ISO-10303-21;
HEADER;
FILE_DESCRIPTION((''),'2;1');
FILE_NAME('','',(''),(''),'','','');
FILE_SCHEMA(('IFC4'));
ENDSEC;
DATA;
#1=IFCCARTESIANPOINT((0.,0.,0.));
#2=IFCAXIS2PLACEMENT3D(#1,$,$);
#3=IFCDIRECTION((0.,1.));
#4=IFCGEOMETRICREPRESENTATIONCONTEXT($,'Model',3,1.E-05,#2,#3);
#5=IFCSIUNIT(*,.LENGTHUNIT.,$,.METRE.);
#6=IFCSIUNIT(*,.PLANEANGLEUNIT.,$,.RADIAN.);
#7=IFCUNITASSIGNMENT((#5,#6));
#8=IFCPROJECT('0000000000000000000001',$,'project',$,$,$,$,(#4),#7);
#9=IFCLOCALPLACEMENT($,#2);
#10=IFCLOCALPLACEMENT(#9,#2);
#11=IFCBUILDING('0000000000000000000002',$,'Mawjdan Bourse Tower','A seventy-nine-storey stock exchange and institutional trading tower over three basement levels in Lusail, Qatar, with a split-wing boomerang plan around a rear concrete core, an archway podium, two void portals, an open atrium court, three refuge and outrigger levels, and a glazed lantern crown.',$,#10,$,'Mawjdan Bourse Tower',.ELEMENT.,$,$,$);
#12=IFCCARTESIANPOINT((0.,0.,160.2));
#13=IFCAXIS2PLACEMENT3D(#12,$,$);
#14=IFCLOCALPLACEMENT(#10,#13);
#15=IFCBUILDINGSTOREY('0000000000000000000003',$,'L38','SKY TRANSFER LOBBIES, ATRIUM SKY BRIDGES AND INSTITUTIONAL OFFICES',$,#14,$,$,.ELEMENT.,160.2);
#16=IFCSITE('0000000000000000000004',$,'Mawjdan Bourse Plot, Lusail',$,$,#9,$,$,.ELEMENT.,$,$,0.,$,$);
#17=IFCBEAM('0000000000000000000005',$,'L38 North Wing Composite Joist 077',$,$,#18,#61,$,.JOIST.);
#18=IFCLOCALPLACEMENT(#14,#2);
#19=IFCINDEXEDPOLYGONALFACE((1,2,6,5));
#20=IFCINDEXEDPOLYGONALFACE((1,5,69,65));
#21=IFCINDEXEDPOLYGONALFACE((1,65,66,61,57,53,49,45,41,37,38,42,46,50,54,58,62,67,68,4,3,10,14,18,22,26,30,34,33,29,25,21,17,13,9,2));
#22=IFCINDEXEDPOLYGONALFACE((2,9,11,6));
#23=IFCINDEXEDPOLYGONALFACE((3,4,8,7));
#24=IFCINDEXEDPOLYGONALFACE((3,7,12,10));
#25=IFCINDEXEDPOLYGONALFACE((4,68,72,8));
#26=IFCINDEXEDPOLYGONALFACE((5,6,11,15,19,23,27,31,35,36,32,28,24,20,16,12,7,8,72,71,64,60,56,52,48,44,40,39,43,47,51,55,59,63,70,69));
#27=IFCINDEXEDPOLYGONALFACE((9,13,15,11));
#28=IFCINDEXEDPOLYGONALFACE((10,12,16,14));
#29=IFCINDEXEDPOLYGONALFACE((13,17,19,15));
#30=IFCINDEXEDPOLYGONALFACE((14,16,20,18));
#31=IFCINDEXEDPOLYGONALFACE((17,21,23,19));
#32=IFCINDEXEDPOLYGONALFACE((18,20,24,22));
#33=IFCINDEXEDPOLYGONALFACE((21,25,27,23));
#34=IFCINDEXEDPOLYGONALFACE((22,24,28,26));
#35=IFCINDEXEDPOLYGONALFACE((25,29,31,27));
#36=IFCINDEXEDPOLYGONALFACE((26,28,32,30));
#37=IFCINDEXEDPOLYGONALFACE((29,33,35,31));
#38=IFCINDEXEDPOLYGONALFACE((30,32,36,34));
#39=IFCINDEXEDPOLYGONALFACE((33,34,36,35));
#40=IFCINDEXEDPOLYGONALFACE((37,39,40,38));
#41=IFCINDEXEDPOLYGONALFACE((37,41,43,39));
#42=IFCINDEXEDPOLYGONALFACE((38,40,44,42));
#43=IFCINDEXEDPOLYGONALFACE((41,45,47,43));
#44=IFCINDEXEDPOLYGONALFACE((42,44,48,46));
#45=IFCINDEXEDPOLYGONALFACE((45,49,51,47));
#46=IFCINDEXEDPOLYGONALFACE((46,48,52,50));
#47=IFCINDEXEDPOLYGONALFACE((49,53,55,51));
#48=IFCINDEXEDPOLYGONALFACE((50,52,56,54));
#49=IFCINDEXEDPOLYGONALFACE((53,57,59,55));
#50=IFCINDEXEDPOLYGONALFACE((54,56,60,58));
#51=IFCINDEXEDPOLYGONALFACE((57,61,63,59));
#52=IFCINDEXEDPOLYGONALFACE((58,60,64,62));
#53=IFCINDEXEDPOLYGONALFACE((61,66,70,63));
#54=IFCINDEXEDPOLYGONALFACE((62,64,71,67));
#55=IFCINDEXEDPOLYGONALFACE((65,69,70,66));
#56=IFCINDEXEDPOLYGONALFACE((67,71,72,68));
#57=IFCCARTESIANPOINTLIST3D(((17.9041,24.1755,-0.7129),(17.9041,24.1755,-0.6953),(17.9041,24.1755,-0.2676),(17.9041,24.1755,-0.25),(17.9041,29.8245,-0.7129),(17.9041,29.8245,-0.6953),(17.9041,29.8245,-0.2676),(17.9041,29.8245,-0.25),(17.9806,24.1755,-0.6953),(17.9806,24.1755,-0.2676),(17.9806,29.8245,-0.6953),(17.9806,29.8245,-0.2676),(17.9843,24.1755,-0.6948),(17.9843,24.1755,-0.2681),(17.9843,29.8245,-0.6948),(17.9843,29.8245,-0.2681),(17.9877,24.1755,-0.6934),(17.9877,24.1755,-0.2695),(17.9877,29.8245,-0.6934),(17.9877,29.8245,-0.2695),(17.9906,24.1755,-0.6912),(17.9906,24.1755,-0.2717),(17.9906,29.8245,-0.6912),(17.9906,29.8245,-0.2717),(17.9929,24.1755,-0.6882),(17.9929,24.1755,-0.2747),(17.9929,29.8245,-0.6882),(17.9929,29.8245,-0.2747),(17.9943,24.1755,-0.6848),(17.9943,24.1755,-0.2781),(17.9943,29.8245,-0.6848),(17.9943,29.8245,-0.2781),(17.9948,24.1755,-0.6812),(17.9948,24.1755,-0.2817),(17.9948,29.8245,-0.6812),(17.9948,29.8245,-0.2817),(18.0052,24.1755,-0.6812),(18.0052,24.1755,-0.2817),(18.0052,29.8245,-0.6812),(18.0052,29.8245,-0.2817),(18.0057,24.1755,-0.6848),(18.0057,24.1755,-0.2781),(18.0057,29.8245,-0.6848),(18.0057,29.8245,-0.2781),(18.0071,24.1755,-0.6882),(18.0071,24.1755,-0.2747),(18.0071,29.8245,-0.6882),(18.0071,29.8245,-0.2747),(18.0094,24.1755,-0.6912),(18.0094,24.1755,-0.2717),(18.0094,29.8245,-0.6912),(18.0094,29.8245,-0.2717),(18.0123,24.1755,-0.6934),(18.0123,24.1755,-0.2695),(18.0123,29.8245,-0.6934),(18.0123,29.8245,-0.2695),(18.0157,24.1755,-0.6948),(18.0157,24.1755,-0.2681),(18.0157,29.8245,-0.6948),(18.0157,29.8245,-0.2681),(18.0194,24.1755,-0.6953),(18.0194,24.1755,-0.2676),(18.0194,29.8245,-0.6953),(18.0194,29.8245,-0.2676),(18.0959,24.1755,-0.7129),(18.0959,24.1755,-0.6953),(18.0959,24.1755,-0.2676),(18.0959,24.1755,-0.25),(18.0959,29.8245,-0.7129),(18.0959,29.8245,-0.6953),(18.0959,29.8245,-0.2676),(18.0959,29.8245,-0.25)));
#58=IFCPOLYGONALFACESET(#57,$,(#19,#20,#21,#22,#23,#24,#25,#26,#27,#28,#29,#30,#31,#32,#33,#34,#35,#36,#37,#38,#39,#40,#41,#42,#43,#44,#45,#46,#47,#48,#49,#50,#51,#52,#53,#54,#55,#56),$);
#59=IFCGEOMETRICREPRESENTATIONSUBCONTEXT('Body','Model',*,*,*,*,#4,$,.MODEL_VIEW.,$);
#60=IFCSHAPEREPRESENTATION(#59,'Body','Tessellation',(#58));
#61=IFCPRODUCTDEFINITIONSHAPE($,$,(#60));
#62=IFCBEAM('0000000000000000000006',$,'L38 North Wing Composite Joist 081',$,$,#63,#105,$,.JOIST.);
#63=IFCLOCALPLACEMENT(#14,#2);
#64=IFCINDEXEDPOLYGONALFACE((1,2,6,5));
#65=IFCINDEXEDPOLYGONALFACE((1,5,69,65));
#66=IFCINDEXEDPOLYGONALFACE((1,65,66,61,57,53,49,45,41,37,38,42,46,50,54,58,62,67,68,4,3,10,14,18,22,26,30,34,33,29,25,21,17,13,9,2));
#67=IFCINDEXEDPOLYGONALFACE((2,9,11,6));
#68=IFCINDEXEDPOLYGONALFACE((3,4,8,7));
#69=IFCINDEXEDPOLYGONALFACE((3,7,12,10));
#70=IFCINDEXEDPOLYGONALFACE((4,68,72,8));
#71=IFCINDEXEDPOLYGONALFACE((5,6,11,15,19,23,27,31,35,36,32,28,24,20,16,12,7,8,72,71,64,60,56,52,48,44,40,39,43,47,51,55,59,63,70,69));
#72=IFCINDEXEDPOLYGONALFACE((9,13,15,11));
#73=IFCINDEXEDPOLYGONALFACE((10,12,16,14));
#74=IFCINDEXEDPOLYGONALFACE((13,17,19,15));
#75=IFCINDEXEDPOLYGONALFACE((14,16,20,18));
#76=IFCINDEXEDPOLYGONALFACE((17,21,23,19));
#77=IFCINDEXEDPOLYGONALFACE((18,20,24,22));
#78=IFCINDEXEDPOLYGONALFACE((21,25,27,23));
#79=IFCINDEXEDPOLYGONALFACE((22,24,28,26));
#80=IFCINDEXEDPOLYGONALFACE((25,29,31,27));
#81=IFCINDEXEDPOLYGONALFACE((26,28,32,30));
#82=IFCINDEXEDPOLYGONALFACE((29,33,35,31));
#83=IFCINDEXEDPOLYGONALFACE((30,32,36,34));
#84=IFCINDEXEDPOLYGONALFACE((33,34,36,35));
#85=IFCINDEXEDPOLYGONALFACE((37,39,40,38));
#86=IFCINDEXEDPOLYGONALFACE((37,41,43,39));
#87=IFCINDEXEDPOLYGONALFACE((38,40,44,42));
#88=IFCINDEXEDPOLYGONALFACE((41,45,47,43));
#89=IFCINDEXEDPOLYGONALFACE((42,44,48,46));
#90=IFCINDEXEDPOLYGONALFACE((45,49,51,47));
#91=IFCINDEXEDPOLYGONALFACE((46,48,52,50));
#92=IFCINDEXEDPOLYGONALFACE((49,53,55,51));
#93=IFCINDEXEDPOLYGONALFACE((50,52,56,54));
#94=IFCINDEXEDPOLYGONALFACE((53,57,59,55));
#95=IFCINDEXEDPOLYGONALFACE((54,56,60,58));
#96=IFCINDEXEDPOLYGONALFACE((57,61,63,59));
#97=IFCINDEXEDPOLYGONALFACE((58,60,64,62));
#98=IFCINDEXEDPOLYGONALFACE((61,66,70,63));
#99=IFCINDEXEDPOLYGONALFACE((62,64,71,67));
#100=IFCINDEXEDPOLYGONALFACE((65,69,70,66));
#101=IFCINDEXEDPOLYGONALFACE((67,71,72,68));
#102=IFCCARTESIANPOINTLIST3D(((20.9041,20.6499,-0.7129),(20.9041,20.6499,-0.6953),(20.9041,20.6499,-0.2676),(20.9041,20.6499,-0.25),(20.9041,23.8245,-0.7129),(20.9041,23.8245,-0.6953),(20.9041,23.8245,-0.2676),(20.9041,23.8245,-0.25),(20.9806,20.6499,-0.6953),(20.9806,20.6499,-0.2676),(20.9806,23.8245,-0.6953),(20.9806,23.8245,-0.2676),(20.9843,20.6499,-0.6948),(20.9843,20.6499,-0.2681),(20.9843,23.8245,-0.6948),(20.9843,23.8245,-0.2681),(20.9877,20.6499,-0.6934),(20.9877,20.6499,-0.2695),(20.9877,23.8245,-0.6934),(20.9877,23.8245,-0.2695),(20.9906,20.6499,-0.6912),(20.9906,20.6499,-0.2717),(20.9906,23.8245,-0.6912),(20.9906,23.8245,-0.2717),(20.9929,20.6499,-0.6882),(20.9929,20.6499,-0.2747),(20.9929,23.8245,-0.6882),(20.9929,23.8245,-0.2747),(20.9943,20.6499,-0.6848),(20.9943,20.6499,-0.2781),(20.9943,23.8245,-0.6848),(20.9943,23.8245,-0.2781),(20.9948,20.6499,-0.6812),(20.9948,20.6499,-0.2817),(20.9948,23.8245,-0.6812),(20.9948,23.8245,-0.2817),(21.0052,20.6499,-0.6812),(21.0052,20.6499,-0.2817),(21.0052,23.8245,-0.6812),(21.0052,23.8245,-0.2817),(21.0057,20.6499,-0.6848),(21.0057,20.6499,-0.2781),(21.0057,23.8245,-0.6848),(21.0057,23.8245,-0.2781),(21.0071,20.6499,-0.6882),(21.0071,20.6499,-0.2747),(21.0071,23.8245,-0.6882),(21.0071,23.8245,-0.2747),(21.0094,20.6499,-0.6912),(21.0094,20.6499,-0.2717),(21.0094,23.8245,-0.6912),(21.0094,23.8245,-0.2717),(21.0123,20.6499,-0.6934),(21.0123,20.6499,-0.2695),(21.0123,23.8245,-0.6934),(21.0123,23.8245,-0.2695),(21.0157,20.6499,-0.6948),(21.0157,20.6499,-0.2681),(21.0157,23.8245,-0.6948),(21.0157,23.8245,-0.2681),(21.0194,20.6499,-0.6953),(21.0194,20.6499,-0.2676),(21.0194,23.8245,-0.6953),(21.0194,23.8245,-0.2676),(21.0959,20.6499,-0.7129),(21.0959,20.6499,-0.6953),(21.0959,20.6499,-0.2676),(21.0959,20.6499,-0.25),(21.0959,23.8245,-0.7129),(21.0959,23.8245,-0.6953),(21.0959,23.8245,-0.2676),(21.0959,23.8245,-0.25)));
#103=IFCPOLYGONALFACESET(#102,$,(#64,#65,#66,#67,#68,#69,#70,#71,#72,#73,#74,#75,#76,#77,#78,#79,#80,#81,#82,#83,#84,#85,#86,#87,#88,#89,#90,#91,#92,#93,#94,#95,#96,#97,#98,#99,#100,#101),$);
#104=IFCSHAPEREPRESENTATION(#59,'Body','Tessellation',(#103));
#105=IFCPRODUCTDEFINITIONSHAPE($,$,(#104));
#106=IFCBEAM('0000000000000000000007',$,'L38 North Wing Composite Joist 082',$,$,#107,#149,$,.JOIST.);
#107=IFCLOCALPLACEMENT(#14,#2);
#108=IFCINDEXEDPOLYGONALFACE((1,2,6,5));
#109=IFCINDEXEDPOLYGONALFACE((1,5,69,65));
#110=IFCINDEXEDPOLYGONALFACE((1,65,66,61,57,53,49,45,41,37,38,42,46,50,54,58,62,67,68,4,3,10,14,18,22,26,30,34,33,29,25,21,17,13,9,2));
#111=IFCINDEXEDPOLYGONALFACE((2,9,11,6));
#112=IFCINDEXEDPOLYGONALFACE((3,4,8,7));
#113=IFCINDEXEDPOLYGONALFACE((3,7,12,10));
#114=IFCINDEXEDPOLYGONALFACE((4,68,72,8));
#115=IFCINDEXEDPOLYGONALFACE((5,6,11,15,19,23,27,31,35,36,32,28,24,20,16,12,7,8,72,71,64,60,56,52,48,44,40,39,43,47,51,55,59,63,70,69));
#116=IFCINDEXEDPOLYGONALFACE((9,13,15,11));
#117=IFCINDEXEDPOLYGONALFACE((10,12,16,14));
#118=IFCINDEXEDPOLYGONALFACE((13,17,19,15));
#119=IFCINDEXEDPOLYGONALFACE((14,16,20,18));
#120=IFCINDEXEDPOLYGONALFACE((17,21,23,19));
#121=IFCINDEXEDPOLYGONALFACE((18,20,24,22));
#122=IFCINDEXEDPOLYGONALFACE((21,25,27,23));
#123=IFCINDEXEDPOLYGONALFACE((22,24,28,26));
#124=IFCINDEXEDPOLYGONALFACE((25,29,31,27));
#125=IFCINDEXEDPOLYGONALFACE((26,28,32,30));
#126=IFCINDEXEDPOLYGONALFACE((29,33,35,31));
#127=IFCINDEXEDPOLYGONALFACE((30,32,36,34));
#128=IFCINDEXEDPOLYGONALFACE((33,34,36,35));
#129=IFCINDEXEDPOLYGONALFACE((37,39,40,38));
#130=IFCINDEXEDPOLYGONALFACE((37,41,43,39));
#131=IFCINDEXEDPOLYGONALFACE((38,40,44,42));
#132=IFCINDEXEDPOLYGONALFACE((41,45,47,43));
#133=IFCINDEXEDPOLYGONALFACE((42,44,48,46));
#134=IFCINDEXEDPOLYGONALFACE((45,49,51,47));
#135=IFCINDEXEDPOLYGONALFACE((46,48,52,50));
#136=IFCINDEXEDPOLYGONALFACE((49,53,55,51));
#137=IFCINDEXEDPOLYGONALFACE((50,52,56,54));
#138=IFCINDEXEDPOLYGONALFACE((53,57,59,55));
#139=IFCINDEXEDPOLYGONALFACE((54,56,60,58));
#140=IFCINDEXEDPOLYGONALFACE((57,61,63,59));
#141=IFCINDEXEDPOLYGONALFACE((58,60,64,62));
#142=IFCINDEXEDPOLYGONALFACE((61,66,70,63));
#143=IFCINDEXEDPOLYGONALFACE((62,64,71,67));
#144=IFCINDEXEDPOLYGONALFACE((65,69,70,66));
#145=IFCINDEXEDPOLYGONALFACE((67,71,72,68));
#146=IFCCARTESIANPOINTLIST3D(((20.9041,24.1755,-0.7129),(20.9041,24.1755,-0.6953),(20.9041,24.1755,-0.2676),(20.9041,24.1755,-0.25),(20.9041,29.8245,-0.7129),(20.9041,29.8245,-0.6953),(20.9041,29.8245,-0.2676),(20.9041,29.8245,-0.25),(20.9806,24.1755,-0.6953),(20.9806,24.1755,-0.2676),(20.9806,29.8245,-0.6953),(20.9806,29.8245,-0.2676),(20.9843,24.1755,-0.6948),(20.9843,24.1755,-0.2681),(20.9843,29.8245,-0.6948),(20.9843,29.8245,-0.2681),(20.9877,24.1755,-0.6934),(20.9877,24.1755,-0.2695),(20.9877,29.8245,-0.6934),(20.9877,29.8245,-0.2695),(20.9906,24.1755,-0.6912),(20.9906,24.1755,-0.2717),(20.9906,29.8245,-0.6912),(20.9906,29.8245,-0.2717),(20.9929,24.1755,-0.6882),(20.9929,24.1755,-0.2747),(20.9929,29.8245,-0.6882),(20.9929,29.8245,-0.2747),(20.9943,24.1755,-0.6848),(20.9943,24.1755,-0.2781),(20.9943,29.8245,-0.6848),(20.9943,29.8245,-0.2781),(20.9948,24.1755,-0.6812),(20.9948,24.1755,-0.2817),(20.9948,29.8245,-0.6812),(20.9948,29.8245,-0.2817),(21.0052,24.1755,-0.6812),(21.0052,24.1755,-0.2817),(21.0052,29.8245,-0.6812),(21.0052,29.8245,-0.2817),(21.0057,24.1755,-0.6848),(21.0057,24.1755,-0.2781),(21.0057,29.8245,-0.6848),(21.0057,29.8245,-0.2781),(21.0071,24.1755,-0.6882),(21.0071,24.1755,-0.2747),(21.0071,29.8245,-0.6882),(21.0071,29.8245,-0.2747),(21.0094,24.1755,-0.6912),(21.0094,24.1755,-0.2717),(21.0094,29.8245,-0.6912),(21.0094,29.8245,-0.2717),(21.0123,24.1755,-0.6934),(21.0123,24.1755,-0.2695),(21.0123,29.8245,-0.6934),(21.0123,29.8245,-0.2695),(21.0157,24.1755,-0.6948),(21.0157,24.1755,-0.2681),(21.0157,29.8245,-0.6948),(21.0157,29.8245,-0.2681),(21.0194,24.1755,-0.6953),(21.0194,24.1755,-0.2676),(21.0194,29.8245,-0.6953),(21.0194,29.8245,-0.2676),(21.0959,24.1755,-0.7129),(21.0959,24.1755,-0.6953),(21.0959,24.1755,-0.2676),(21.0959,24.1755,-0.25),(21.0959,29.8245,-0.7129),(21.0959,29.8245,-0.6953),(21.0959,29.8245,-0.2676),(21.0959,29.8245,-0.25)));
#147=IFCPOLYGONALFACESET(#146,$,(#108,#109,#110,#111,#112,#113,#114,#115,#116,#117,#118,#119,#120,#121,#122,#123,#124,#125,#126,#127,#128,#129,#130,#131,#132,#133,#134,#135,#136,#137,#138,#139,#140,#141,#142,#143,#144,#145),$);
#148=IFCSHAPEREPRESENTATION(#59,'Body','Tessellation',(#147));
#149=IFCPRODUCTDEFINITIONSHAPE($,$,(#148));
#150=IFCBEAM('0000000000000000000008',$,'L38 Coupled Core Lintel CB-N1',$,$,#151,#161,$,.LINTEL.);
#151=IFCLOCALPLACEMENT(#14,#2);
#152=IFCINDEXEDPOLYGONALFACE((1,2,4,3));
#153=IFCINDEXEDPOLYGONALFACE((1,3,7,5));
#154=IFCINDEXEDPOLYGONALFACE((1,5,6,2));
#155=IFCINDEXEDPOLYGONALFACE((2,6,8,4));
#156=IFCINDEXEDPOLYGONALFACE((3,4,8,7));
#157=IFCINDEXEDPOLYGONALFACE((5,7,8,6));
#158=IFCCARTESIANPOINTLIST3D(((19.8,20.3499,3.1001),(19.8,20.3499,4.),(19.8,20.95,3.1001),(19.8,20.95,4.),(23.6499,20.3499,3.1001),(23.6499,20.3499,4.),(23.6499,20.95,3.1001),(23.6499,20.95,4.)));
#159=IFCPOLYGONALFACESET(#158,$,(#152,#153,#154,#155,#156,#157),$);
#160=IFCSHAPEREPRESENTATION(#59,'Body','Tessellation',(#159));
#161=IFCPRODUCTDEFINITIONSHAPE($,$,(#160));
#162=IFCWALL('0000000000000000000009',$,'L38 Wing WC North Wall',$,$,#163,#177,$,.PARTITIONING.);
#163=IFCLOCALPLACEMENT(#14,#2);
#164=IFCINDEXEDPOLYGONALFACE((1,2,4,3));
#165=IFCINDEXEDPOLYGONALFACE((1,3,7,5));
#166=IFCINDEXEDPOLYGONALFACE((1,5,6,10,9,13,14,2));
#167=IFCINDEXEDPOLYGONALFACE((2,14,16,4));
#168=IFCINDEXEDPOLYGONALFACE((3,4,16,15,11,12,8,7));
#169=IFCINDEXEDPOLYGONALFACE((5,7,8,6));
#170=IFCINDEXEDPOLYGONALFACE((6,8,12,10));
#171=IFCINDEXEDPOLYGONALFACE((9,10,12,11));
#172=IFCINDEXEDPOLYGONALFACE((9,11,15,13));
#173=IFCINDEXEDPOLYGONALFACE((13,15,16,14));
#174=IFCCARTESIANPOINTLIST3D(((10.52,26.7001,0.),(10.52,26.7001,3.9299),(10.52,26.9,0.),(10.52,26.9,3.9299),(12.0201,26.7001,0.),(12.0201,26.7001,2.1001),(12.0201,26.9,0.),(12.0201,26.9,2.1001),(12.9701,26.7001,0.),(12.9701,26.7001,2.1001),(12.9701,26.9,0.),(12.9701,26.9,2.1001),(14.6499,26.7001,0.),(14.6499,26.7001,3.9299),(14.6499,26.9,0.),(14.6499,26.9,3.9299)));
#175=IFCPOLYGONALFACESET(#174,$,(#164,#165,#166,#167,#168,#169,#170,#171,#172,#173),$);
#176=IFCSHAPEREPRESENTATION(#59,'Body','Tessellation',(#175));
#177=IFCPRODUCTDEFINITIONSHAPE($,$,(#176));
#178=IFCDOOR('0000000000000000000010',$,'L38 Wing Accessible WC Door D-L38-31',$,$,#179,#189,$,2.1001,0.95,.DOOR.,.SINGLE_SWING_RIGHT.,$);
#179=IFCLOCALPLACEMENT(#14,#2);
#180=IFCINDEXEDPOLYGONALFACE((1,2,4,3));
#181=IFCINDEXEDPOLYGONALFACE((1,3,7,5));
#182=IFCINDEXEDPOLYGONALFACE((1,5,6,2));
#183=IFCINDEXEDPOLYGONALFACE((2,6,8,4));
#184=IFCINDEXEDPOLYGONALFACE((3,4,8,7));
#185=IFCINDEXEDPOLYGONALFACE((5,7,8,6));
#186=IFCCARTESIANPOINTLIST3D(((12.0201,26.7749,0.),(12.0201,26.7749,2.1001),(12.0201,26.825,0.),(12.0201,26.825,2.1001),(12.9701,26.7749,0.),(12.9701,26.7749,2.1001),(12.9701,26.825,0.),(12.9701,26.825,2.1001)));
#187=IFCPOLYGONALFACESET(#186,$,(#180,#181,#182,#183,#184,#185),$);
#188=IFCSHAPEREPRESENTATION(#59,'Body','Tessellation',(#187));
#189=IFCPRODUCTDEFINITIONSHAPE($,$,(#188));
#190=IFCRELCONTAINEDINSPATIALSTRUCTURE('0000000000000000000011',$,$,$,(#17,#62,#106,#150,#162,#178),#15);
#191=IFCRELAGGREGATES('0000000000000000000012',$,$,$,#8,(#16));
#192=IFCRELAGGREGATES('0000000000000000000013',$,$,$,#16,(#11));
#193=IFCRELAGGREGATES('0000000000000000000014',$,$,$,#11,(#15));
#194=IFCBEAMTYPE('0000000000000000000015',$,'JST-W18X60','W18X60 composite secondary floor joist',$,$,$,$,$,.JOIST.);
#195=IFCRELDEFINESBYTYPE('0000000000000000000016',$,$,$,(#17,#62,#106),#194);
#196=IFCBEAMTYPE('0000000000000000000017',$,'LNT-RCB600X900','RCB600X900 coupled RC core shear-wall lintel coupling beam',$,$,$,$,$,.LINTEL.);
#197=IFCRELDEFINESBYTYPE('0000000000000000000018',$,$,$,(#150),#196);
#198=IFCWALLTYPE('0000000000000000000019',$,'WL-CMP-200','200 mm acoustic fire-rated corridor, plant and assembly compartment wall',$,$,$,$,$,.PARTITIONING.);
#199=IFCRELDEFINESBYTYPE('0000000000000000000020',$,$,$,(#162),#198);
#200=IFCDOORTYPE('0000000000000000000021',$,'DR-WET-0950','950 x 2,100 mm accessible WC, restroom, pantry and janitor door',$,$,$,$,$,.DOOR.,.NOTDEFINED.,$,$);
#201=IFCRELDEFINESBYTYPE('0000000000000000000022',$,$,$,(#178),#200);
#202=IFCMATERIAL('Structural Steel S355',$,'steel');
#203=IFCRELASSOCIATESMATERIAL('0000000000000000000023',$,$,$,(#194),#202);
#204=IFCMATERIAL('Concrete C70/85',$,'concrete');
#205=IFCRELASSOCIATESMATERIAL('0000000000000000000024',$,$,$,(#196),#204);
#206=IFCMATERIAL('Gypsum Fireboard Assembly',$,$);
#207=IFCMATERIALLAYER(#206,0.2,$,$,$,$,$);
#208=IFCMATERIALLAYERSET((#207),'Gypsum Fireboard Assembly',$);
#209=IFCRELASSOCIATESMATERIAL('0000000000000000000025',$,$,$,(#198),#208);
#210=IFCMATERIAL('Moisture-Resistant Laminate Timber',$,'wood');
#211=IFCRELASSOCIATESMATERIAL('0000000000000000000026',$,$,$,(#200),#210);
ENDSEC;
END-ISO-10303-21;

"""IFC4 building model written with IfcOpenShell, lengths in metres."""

from ifc_helpers import new_model, si_unit, direction, frame, frame_2d, origin, origin_2d, place, context, subcontext, project, spatial, rectangle, i_section, extrude, material, layer, layer_set, material_profile, profile_set, type_object, element, fill, save


model = new_model("IFC4")

# Units and contexts
model_context = context("Model", 3, precision=1e-05, world=origin(), true_north=direction((0.0, 1.0)))
body_context = subcontext(model_context, "Body", "Model", "MODEL_VIEW")
ifc_project = project(units=[si_unit("LENGTHUNIT", "METRE"), si_unit("PLANEANGLEUNIT", "RADIAN")], contexts=[model_context])

# Site, building, storey
site_placement = place(None, origin())
site = spatial("IfcSite", under=ifc_project, at=site_placement, Name="Mawjdan Bourse Plot, Lusail", CompositionType="ELEMENT", RefElevation=0.0)
building_placement = place(site_placement, origin())
building = spatial("IfcBuilding", under=site, at=building_placement, Name="Mawjdan Bourse Tower", Description="A seventy-nine-storey stock exchange and institutional trading tower over three basement levels in Lusail, Qatar, with a split-wing boomerang plan around a rear concrete core, an archway podium, two void portals, an open atrium court, three refuge and outrigger levels, and a glazed lantern crown.", LongName="Mawjdan Bourse Tower", CompositionType="ELEMENT")
storey_placement = place(building_placement, frame((0.0, 0.0, 160.2)))
storey = spatial("IfcBuildingStorey", under=building, at=storey_placement, Name="L38", Description="SKY TRANSFER LOBBIES, ATRIUM SKY BRIDGES AND INSTITUTIONAL OFFICES", CompositionType="ELEMENT", Elevation=160.2)

# Beams
ifc_material_1 = material(Name="Structural Steel S355", Category="steel")
ifc_material_profile_1 = material_profile(ifc_material_1, i_section(OverallWidth=0.1919, OverallDepth=0.4629, WebThickness=0.0105, FlangeThickness=0.0176, FilletRadius=0.0142, at=origin_2d()), Name="W18X60")
ifc_profile_set_1 = profile_set([ifc_material_profile_1], Name="Structural Steel S355")
beam_type_1 = type_object("IfcBeamType", Name="JST-W18X60", Description="W18X60 composite secondary floor joist", PredefinedType="JOIST", material=ifc_profile_set_1)
beam_1_placement = place(storey_placement, frame((18.0, 24.1755, -0.4814), z_axis=(0.0, 1.0, 0.0), x_axis=(-1.0, 0.0, 0.0)))
element("IfcBeam", 1, at=beam_1_placement, inside=storey, type_object=beam_type_1, Name="L38 North Wing Composite Joist 077", PredefinedType="JOIST", context=body_context, shape_type="SweptSolid", body=[
    extrude(i_section(OverallWidth=0.1919, OverallDepth=0.4629, WebThickness=0.0105, FlangeThickness=0.0176, FilletRadius=0.0142, at=origin_2d()), origin(), (0.0, 0.0, 1.0), 5.6489),
])
beam_2_placement = place(storey_placement, frame((21.0, 20.6499, -0.4814), z_axis=(0.0, 1.0, 0.0), x_axis=(-1.0, 0.0, 0.0)))
element("IfcBeam", 2, at=beam_2_placement, inside=storey, type_object=beam_type_1, Name="L38 North Wing Composite Joist 081", PredefinedType="JOIST", context=body_context, shape_type="SweptSolid", body=[
    extrude(i_section(OverallWidth=0.1919, OverallDepth=0.4629, WebThickness=0.0105, FlangeThickness=0.0176, FilletRadius=0.0142, at=origin_2d()), origin(), (0.0, 0.0, 1.0), 3.1746),
])
beam_3_placement = place(storey_placement, frame((21.0, 24.1755, -0.4814), z_axis=(0.0, 1.0, 0.0), x_axis=(-1.0, 0.0, 0.0)))
element("IfcBeam", 3, at=beam_3_placement, inside=storey, type_object=beam_type_1, Name="L38 North Wing Composite Joist 082", PredefinedType="JOIST", context=body_context, shape_type="SweptSolid", body=[
    extrude(i_section(OverallWidth=0.1919, OverallDepth=0.4629, WebThickness=0.0105, FlangeThickness=0.0176, FilletRadius=0.0142, at=origin_2d()), origin(), (0.0, 0.0, 1.0), 5.6489),
])
ifc_material_2 = material(Name="Concrete C70/85", Category="concrete")
ifc_material_profile_2 = material_profile(ifc_material_2, rectangle(XDim=0.6001, YDim=0.8999, at=origin_2d()), Name="RCB600X900")
ifc_profile_set_2 = profile_set([ifc_material_profile_2], Name="Concrete C70/85")
beam_type_2 = type_object("IfcBeamType", Name="LNT-RCB600X900", Description="RCB600X900 coupled RC core shear-wall lintel coupling beam", PredefinedType="LINTEL", material=ifc_profile_set_2)
beam_4_placement = place(storey_placement, frame((19.8, 20.6499, 3.55), z_axis=(1.0, 0.0, 0.0), x_axis=(0.0, 1.0, 0.0)))
element("IfcBeam", 4, at=beam_4_placement, inside=storey, type_object=beam_type_2, Name="L38 Coupled Core Lintel CB-N1", PredefinedType="LINTEL", context=body_context, shape_type="SweptSolid", body=[
    extrude(rectangle(XDim=0.6001, YDim=0.8999, at=origin_2d()), origin(), (0.0, 0.0, 1.0), 3.8499),
])

# Wall, opening, door
ifc_material_3 = material(Name="Gypsum Fireboard Assembly")
ifc_layer_1 = layer(ifc_material_3, 0.2)
ifc_layer_set_1 = layer_set([ifc_layer_1], Name="Gypsum Fireboard Assembly")
wall_type_1 = type_object("IfcWallType", Name="WL-CMP-200", Description="200 mm acoustic fire-rated corridor, plant and assembly compartment wall", PredefinedType="PARTITIONING", material=ifc_layer_set_1)
wall_1_placement = place(storey_placement, frame((10.52, 26.8, 0.0), z_axis=(0.0, 0.0, 1.0), x_axis=(1.0, 0.0, 0.0)))
wall_1 = element("IfcWall", 5, at=wall_1_placement, inside=storey, type_object=wall_type_1, Name="L38 Wing WC North Wall", PredefinedType="PARTITIONING", context=body_context, shape_type="SweptSolid", body=[
    extrude(rectangle(XDim=4.1299, YDim=0.2, at=frame_2d((2.0649, 0.0))), origin(), (0.0, 0.0, 1.0), 3.9299),
])
opening_1_placement = place(wall_1_placement, frame((1.5, 0.0, 0.0)))
opening_1 = element("IfcOpeningElement", 6, at=opening_1_placement, cuts=wall_1, PredefinedType="OPENING", context=body_context, shape_type="SweptSolid", body=[
    extrude(rectangle(XDim=0.95, YDim=2.1001, at=frame_2d((0.4751, 1.05))), frame((0.0, 0.1099, 0.0), z_axis=(0.0, -1.0, 0.0), x_axis=(1.0, 0.0, 0.0)), (0.0, 0.0, 1.0), 0.22),
])
ifc_material_4 = material(Name="Moisture-Resistant Laminate Timber", Category="wood")
door_type_1 = type_object("IfcDoorType", Name="DR-WET-0950", Description="950 x 2,100 mm accessible WC, restroom, pantry and janitor door", OperationType="NOTDEFINED", PredefinedType="DOOR", material=ifc_material_4)
door_1_placement = place(opening_1_placement, origin())
door_1 = element("IfcDoor", 7, at=door_1_placement, inside=storey, type_object=door_type_1, Name="L38 Wing Accessible WC Door D-L38-31", OperationType="SINGLE_SWING_RIGHT", OverallHeight=2.1001, OverallWidth=0.95, PredefinedType="DOOR", context=body_context, shape_type="SweptSolid", body=[
    extrude(rectangle(XDim=0.95, YDim=2.1001, at=frame_2d((0.4751, 1.05))), frame((0.0, 0.0249, 0.0), z_axis=(0.0, -1.0, 0.0), x_axis=(1.0, 0.0, 0.0)), (0.0, 0.0, 1.0), 0.05),
])
fill(opening_1, door_1)

save(model, "model.ifc")
